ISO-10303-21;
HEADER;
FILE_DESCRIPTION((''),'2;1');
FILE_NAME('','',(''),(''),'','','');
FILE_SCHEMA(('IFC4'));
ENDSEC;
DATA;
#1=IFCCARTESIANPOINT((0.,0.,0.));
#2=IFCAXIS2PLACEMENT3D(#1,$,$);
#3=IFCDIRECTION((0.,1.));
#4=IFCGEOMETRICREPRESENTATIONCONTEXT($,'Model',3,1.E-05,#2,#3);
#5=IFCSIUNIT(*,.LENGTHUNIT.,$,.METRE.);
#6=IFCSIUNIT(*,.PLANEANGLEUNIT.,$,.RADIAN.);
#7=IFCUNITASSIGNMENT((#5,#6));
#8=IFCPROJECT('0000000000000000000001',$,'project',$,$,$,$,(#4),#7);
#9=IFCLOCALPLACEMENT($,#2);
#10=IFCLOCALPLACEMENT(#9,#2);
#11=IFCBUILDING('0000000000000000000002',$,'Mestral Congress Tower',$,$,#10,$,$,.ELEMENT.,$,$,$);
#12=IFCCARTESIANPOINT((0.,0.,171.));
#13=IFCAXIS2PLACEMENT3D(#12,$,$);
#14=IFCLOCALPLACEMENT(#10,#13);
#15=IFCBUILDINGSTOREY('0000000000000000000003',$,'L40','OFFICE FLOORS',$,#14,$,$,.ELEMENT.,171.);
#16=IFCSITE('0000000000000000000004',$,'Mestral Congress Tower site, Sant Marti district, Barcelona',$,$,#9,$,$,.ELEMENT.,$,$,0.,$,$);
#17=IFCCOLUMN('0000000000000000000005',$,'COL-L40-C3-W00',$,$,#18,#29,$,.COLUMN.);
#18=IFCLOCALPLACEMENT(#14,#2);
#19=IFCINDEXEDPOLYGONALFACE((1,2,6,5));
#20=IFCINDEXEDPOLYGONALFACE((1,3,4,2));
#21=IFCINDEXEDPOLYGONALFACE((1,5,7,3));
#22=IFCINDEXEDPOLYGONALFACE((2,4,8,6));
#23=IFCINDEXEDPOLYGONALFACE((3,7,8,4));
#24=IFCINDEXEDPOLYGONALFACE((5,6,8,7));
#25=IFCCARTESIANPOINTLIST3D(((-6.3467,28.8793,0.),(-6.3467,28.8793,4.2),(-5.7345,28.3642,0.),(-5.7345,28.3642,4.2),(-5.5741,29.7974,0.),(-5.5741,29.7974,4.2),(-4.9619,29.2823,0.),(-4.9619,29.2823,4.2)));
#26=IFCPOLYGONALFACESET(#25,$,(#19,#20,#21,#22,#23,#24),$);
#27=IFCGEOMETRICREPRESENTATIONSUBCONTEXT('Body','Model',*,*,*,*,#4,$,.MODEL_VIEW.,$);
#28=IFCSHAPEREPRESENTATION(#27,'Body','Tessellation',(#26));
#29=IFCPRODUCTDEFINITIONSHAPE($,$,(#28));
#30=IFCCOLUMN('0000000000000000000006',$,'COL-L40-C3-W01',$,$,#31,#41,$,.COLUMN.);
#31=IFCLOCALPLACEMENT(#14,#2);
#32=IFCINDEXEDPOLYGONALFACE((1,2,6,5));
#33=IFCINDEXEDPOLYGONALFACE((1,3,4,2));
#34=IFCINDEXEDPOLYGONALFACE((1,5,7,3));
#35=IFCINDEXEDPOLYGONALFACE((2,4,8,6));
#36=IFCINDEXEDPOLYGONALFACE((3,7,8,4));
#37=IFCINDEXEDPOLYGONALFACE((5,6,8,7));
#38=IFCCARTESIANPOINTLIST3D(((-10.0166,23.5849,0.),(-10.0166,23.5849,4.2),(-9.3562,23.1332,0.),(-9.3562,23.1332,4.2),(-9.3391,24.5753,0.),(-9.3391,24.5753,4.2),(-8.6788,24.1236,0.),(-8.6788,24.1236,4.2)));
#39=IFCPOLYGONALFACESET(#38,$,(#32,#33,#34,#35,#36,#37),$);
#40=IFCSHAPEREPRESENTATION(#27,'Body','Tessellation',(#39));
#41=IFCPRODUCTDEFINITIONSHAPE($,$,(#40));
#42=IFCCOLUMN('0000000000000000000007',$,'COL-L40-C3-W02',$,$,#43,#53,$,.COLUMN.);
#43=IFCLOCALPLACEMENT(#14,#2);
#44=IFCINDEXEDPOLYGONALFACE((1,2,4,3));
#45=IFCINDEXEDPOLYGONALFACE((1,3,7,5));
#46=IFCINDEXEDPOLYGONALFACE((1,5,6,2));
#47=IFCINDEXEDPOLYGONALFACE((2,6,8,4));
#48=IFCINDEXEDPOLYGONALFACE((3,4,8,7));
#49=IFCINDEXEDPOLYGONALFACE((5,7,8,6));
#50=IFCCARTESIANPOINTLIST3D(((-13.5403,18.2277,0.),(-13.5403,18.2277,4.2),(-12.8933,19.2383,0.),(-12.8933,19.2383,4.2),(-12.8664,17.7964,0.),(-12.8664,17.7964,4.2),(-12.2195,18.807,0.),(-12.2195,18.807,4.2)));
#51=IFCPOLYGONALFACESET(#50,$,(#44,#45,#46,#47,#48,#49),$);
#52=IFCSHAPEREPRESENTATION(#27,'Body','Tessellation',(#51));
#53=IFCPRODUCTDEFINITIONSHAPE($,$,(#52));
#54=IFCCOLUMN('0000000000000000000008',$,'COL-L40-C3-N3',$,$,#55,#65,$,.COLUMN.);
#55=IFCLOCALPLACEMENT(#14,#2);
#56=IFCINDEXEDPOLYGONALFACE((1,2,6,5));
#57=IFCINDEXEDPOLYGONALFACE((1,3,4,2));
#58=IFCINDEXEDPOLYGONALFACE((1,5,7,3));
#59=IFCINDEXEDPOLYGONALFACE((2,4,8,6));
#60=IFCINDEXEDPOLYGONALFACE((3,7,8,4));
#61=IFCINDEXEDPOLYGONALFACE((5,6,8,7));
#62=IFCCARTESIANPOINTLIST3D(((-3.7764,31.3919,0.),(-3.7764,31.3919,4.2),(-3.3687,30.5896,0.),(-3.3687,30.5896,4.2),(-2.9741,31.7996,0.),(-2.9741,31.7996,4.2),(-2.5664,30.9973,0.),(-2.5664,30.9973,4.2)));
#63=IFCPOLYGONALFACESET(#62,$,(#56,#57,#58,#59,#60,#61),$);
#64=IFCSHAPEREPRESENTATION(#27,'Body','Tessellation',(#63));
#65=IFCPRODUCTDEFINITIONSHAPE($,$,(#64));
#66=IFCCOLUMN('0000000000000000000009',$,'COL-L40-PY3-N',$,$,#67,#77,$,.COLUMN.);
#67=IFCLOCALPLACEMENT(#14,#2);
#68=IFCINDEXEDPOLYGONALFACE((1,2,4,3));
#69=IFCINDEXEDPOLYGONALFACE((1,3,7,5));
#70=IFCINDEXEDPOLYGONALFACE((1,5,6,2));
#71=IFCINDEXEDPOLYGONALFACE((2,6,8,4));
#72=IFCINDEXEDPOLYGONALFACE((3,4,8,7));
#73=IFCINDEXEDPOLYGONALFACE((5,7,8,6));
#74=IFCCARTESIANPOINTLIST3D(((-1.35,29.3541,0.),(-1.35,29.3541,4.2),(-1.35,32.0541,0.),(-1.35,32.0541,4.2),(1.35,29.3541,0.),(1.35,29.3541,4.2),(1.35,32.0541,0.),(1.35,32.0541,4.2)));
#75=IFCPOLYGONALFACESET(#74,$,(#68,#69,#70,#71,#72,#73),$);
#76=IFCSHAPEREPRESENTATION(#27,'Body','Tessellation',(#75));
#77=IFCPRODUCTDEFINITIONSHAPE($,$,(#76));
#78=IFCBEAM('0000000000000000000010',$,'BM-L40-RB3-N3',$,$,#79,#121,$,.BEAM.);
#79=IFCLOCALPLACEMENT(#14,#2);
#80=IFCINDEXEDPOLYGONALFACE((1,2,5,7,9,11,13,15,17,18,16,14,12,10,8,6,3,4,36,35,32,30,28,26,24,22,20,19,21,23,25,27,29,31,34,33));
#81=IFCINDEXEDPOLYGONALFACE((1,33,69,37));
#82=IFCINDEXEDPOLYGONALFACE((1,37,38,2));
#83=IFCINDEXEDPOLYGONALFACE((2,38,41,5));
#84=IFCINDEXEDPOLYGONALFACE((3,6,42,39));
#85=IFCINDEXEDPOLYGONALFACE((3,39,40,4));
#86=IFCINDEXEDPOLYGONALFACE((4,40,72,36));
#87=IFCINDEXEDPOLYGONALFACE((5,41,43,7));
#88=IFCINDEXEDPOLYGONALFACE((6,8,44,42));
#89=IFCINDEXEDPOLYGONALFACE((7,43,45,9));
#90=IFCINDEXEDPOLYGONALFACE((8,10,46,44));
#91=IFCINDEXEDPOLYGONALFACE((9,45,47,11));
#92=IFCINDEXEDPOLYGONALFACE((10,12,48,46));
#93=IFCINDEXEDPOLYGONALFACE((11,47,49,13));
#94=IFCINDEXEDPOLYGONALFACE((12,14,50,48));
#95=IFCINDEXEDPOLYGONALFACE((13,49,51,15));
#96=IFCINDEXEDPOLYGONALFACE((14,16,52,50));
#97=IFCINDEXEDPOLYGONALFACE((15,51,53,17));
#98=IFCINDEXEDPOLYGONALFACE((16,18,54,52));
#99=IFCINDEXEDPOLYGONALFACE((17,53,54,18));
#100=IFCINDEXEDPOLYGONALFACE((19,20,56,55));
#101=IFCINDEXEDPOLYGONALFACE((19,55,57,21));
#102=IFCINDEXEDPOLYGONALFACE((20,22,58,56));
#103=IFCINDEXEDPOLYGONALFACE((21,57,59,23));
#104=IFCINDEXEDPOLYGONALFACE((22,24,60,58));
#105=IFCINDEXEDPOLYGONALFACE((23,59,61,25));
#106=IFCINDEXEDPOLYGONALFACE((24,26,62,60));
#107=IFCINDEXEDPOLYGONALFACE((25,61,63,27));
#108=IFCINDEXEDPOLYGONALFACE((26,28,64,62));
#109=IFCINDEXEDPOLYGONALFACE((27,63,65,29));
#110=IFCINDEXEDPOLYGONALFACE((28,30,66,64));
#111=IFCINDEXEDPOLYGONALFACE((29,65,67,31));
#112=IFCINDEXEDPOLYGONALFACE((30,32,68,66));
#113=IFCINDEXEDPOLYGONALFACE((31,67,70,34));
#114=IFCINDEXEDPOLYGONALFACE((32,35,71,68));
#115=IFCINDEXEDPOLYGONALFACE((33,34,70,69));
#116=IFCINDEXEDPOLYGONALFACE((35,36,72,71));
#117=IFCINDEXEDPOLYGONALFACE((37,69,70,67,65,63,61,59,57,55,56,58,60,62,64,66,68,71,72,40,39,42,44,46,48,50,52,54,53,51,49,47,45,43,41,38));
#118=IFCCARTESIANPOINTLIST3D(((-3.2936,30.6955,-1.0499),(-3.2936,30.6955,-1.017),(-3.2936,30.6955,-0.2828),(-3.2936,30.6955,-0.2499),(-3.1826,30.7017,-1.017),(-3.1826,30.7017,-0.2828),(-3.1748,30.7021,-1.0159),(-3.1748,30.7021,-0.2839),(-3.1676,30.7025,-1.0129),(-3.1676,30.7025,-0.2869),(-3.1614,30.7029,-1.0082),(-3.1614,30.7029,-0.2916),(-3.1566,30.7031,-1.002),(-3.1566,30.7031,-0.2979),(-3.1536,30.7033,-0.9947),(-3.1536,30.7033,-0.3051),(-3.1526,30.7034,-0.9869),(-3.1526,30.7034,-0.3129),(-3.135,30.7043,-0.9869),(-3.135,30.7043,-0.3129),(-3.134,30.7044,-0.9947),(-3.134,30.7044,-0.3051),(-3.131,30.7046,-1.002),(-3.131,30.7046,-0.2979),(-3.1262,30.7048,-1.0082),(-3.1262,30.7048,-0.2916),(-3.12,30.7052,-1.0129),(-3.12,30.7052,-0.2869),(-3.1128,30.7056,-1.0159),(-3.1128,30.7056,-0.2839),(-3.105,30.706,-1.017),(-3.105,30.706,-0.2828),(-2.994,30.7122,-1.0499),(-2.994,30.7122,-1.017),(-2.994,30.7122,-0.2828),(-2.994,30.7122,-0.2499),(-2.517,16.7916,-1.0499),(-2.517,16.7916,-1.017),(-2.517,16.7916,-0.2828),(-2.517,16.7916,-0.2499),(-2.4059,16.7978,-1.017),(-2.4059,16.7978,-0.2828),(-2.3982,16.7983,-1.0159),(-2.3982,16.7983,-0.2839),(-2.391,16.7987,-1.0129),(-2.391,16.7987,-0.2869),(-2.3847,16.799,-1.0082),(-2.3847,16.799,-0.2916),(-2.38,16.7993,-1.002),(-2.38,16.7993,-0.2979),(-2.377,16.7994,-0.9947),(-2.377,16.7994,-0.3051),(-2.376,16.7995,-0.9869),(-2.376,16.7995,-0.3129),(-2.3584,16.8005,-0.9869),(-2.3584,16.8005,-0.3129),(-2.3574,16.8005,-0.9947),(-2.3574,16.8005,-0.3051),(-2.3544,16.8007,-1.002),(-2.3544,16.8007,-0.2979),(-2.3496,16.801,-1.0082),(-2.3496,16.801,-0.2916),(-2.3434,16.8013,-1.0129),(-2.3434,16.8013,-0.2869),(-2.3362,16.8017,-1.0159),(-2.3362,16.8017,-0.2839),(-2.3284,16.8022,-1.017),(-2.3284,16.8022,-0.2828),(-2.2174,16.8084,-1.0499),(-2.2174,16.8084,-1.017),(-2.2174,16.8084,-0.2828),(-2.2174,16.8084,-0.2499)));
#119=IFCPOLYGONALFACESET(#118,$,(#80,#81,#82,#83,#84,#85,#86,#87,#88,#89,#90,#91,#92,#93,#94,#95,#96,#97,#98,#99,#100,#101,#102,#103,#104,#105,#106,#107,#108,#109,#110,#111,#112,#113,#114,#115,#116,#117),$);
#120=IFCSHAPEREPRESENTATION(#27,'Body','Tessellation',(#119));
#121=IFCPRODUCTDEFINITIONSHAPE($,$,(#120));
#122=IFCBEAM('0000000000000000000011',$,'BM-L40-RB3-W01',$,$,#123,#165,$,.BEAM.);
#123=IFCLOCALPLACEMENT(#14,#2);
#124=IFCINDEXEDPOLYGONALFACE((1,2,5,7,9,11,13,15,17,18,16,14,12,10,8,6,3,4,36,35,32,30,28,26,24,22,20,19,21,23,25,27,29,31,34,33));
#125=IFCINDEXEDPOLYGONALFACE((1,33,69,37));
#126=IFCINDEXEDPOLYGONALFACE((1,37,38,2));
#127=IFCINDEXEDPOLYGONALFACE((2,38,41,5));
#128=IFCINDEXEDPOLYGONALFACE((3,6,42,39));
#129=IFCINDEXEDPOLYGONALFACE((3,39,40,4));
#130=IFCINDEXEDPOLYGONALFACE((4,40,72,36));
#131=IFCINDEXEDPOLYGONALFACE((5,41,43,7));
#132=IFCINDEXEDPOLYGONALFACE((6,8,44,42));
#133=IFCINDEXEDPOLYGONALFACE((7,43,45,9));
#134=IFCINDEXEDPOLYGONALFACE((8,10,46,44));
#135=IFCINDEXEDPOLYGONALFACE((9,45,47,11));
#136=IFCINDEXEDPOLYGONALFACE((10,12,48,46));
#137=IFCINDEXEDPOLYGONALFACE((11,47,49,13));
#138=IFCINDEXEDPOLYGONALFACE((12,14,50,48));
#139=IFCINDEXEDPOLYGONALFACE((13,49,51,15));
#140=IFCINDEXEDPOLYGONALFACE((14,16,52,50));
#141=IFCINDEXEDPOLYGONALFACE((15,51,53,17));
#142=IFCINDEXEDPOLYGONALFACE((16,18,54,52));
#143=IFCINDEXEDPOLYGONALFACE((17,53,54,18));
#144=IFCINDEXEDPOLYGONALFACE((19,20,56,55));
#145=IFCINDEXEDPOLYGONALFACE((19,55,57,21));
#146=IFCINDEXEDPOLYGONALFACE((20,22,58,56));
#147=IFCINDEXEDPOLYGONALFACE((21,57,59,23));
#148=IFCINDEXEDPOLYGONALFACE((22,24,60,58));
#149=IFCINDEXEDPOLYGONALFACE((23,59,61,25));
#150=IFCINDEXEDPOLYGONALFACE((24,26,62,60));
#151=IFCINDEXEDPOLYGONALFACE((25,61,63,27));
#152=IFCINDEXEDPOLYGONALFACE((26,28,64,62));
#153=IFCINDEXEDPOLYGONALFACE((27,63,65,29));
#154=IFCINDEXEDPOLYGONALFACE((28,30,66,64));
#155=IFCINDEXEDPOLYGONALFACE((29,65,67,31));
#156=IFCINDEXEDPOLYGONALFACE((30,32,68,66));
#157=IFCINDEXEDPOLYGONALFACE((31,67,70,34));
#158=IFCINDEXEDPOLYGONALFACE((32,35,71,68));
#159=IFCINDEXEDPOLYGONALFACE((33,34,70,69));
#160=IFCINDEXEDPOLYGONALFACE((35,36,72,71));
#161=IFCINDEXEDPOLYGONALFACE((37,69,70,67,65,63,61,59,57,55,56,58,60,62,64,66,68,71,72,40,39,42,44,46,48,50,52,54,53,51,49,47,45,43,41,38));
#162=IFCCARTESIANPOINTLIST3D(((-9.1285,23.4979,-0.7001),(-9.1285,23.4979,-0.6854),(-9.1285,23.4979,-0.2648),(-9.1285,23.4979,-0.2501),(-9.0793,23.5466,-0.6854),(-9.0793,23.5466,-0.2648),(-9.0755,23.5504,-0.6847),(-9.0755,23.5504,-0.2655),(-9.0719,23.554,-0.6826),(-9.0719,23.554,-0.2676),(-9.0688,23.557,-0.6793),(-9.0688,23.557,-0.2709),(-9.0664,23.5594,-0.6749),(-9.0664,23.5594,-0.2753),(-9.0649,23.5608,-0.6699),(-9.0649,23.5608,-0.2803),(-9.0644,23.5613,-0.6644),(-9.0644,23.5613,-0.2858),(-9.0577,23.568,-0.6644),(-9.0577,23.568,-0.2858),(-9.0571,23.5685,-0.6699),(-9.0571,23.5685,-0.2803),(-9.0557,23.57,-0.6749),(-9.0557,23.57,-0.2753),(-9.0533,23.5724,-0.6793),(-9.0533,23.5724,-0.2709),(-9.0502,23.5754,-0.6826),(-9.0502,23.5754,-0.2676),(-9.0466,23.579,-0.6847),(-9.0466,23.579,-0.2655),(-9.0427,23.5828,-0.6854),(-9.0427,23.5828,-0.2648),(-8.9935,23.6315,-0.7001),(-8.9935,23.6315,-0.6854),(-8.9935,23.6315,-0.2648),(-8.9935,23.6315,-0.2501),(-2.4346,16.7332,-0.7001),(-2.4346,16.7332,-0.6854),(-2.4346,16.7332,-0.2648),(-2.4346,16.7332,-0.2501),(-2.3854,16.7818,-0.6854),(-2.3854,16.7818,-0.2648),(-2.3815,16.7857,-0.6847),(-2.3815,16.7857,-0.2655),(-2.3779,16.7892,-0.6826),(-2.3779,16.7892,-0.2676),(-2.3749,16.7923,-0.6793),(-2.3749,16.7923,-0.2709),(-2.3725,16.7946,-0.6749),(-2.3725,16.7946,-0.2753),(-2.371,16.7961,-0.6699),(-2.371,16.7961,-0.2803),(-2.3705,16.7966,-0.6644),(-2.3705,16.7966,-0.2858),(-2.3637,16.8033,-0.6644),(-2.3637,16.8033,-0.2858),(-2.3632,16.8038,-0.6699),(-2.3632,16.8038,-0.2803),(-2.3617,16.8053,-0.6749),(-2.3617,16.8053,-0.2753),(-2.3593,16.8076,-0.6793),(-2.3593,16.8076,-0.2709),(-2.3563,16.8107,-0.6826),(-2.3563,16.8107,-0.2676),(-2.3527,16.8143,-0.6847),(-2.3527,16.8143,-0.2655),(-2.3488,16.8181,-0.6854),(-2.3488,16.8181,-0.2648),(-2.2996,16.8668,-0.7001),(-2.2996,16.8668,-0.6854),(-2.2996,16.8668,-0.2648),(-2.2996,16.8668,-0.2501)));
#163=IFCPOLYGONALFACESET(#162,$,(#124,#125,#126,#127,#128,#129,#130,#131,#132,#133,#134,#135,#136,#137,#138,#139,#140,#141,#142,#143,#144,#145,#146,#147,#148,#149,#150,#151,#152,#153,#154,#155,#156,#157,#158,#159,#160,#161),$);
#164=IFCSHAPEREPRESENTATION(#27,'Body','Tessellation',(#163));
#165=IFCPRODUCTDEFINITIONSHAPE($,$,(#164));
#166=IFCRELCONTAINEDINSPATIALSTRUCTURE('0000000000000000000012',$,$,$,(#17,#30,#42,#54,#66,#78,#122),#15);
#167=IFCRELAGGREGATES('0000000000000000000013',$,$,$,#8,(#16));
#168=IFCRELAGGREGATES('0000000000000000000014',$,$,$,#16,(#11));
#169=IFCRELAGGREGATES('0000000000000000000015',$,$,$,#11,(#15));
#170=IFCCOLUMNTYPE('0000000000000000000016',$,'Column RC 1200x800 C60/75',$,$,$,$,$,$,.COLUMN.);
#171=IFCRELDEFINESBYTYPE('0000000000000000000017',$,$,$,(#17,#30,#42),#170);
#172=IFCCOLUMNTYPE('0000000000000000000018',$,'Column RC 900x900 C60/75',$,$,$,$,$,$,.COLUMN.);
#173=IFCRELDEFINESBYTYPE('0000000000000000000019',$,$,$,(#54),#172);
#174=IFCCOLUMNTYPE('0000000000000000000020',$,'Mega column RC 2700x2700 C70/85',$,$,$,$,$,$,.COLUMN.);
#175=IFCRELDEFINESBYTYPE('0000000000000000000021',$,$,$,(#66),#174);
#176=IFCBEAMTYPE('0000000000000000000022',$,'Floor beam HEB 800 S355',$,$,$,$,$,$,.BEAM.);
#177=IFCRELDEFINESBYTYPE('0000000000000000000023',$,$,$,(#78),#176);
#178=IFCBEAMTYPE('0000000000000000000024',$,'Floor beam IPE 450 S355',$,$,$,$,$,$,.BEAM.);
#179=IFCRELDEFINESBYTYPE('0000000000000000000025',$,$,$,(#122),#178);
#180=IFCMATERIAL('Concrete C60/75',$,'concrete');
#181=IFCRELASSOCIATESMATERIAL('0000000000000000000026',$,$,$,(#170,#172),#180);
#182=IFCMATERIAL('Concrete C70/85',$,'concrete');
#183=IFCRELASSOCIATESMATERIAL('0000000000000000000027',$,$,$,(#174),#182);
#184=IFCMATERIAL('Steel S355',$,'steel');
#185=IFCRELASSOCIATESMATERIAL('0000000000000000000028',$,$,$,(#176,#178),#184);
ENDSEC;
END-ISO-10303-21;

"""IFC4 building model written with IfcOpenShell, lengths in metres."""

from ifc_helpers import new_model, si_unit, direction, frame, origin, origin_2d, place, context, subcontext, project, spatial, rectangle, i_section, extrude, material, material_profile, profile_set, type_object, element, save


model = new_model("IFC4")

# Units and contexts
model_context = context("Model", 3, precision=1e-05, world=origin(), true_north=direction((0.0, 1.0)))
body_context = subcontext(model_context, "Body", "Model", "MODEL_VIEW")
ifc_project = project(units=[si_unit("LENGTHUNIT", "METRE"), si_unit("PLANEANGLEUNIT", "RADIAN")], contexts=[model_context])

# Site, building, storey
site_placement = place(None, origin())
site = spatial("IfcSite", under=ifc_project, at=site_placement, Name="Mestral Congress Tower site, Sant Marti district, Barcelona", CompositionType="ELEMENT", RefElevation=0.0)
building_placement = place(site_placement, origin())
building = spatial("IfcBuilding", under=site, at=building_placement, Name="Mestral Congress Tower", CompositionType="ELEMENT")
storey_placement = place(building_placement, frame((0.0, 0.0, 171.0)))
storey = spatial("IfcBuildingStorey", under=building, at=storey_placement, Name="L40", Description="OFFICE FLOORS", CompositionType="ELEMENT", Elevation=171.0)

# Columns
ifc_material_1 = material(Name="Concrete C60/75", Category="concrete")
ifc_material_profile_1 = material_profile(ifc_material_1, rectangle(XDim=1.2, YDim=0.8, at=origin_2d()), Name="RC 1200x800")
ifc_profile_set_1 = profile_set([ifc_material_profile_1], Name="Concrete C60/75")
column_type_1 = type_object("IfcColumnType", Name="Column RC 1200x800 C60/75", PredefinedType="COLUMN", material=ifc_profile_set_1)
for number, where, z_axis, x_axis, name in (
    (1, (-5.6543, 29.0808, 0.0), (0.0, 0.0, 1.0), (-0.643827, -0.765171, 0.0), "COL-L40-C3-W00"),
    (2, (-9.3477, 23.8542, 0.0), (0.0, 0.0, 1.0), (-0.564568, -0.825387, 0.0), "COL-L40-C3-W01"),
    (3, (-12.8799, 18.5173, 0.0), (0.0, 0.0, 1.0), (-0.539115, -0.842232, 0.0), "COL-L40-C3-W02"),
):
    element("IfcColumn", number, at=place(storey_placement, frame(where, z_axis=z_axis, x_axis=x_axis)), inside=storey, type_object=column_type_1, Name=name, PredefinedType="COLUMN", context=body_context, shape_type="SweptSolid", body=[
        extrude(rectangle(XDim=1.2, YDim=0.8, at=origin_2d()), origin(), (0.0, 0.0, 1.0), 4.2),
    ])
ifc_material_profile_2 = material_profile(ifc_material_1, rectangle(XDim=0.8999, YDim=0.8999, at=origin_2d()), Name="RC 900x900")
ifc_profile_set_2 = profile_set([ifc_material_profile_2], Name="Concrete C60/75")
column_type_2 = type_object("IfcColumnType", Name="Column RC 900x900 C60/75", PredefinedType="COLUMN", material=ifc_profile_set_2)
column_1_placement = place(storey_placement, frame((-3.1714, 31.1946, 0.0), z_axis=(0.0, 0.0, 1.0), x_axis=(-0.891486, -0.453048, 0.0)))
element("IfcColumn", 4, at=column_1_placement, inside=storey, type_object=column_type_2, Name="COL-L40-C3-N3", PredefinedType="COLUMN", context=body_context, shape_type="SweptSolid", body=[
    extrude(rectangle(XDim=0.8999, YDim=0.8999, at=origin_2d()), origin(), (0.0, 0.0, 1.0), 4.2),
])
ifc_material_2 = material(Name="Concrete C70/85", Category="concrete")
ifc_material_profile_3 = material_profile(ifc_material_2, rectangle(XDim=2.7, YDim=2.7, at=origin_2d()), Name="RC 2700x2700")
ifc_profile_set_3 = profile_set([ifc_material_profile_3], Name="Concrete C70/85")
column_type_3 = type_object("IfcColumnType", Name="Mega column RC 2700x2700 C70/85", PredefinedType="COLUMN", material=ifc_profile_set_3)
column_2_placement = place(storey_placement, frame((0.0, 30.7041, 0.0), z_axis=(0.0, 0.0, 1.0), x_axis=(0.0, 1.0, 0.0)))
element("IfcColumn", 5, at=column_2_placement, inside=storey, type_object=column_type_3, Name="COL-L40-PY3-N", PredefinedType="COLUMN", context=body_context, shape_type="SweptSolid", body=[
    extrude(rectangle(XDim=2.7, YDim=2.7, at=origin_2d()), origin(), (0.0, 0.0, 1.0), 4.2),
])

# Beams
ifc_material_3 = material(Name="Steel S355", Category="steel")
ifc_material_profile_4 = material_profile(ifc_material_3, i_section(OverallWidth=0.3, OverallDepth=0.8, WebThickness=0.0176, FlangeThickness=0.033, FilletRadius=0.03, at=origin_2d()), Name="HEB 800")
ifc_profile_set_4 = profile_set([ifc_material_profile_4], Name="Steel S355")
beam_type_1 = type_object("IfcBeamType", Name="Floor beam HEB 800 S355", PredefinedType="BEAM", material=ifc_profile_set_4)
beam_1_placement = place(storey_placement, frame((-3.1438, 30.7039, -0.6499), z_axis=(0.055769, -0.998444, 0.0), x_axis=(0.998444, 0.055769, 0.0)))
element("IfcBeam", 6, at=beam_1_placement, inside=storey, type_object=beam_type_1, Name="BM-L40-RB3-N3", PredefinedType="BEAM", context=body_context, shape_type="SweptSolid", body=[
    extrude(i_section(OverallWidth=0.3, OverallDepth=0.8, WebThickness=0.0176, FlangeThickness=0.033, FilletRadius=0.03, at=origin_2d()), origin(), (0.0, 0.0, 1.0), 13.9255),
])
ifc_material_profile_5 = material_profile(ifc_material_3, i_section(OverallWidth=0.1899, OverallDepth=0.45, WebThickness=0.0095, FlangeThickness=0.0146, FilletRadius=0.021, at=origin_2d()), Name="IPE 450")
ifc_profile_set_5 = profile_set([ifc_material_profile_5], Name="Steel S355")
beam_type_2 = type_object("IfcBeamType", Name="Floor beam IPE 450 S355", PredefinedType="BEAM", material=ifc_profile_set_5)
beam_2_placement = place(storey_placement, frame((-9.061, 23.5647, -0.4751), z_axis=(0.703377, -0.710817, 0.0), x_axis=(0.710817, 0.703377, 0.0)))
element("IfcBeam", 7, at=beam_2_placement, inside=storey, type_object=beam_type_2, Name="BM-L40-RB3-W01", PredefinedType="BEAM", context=body_context, shape_type="SweptSolid", body=[
    extrude(i_section(OverallWidth=0.1899, OverallDepth=0.45, WebThickness=0.0095, FlangeThickness=0.0146, FilletRadius=0.021, at=origin_2d()), origin(), (0.0, 0.0, 1.0), 9.5168),
])

save(model, "model.ifc")
